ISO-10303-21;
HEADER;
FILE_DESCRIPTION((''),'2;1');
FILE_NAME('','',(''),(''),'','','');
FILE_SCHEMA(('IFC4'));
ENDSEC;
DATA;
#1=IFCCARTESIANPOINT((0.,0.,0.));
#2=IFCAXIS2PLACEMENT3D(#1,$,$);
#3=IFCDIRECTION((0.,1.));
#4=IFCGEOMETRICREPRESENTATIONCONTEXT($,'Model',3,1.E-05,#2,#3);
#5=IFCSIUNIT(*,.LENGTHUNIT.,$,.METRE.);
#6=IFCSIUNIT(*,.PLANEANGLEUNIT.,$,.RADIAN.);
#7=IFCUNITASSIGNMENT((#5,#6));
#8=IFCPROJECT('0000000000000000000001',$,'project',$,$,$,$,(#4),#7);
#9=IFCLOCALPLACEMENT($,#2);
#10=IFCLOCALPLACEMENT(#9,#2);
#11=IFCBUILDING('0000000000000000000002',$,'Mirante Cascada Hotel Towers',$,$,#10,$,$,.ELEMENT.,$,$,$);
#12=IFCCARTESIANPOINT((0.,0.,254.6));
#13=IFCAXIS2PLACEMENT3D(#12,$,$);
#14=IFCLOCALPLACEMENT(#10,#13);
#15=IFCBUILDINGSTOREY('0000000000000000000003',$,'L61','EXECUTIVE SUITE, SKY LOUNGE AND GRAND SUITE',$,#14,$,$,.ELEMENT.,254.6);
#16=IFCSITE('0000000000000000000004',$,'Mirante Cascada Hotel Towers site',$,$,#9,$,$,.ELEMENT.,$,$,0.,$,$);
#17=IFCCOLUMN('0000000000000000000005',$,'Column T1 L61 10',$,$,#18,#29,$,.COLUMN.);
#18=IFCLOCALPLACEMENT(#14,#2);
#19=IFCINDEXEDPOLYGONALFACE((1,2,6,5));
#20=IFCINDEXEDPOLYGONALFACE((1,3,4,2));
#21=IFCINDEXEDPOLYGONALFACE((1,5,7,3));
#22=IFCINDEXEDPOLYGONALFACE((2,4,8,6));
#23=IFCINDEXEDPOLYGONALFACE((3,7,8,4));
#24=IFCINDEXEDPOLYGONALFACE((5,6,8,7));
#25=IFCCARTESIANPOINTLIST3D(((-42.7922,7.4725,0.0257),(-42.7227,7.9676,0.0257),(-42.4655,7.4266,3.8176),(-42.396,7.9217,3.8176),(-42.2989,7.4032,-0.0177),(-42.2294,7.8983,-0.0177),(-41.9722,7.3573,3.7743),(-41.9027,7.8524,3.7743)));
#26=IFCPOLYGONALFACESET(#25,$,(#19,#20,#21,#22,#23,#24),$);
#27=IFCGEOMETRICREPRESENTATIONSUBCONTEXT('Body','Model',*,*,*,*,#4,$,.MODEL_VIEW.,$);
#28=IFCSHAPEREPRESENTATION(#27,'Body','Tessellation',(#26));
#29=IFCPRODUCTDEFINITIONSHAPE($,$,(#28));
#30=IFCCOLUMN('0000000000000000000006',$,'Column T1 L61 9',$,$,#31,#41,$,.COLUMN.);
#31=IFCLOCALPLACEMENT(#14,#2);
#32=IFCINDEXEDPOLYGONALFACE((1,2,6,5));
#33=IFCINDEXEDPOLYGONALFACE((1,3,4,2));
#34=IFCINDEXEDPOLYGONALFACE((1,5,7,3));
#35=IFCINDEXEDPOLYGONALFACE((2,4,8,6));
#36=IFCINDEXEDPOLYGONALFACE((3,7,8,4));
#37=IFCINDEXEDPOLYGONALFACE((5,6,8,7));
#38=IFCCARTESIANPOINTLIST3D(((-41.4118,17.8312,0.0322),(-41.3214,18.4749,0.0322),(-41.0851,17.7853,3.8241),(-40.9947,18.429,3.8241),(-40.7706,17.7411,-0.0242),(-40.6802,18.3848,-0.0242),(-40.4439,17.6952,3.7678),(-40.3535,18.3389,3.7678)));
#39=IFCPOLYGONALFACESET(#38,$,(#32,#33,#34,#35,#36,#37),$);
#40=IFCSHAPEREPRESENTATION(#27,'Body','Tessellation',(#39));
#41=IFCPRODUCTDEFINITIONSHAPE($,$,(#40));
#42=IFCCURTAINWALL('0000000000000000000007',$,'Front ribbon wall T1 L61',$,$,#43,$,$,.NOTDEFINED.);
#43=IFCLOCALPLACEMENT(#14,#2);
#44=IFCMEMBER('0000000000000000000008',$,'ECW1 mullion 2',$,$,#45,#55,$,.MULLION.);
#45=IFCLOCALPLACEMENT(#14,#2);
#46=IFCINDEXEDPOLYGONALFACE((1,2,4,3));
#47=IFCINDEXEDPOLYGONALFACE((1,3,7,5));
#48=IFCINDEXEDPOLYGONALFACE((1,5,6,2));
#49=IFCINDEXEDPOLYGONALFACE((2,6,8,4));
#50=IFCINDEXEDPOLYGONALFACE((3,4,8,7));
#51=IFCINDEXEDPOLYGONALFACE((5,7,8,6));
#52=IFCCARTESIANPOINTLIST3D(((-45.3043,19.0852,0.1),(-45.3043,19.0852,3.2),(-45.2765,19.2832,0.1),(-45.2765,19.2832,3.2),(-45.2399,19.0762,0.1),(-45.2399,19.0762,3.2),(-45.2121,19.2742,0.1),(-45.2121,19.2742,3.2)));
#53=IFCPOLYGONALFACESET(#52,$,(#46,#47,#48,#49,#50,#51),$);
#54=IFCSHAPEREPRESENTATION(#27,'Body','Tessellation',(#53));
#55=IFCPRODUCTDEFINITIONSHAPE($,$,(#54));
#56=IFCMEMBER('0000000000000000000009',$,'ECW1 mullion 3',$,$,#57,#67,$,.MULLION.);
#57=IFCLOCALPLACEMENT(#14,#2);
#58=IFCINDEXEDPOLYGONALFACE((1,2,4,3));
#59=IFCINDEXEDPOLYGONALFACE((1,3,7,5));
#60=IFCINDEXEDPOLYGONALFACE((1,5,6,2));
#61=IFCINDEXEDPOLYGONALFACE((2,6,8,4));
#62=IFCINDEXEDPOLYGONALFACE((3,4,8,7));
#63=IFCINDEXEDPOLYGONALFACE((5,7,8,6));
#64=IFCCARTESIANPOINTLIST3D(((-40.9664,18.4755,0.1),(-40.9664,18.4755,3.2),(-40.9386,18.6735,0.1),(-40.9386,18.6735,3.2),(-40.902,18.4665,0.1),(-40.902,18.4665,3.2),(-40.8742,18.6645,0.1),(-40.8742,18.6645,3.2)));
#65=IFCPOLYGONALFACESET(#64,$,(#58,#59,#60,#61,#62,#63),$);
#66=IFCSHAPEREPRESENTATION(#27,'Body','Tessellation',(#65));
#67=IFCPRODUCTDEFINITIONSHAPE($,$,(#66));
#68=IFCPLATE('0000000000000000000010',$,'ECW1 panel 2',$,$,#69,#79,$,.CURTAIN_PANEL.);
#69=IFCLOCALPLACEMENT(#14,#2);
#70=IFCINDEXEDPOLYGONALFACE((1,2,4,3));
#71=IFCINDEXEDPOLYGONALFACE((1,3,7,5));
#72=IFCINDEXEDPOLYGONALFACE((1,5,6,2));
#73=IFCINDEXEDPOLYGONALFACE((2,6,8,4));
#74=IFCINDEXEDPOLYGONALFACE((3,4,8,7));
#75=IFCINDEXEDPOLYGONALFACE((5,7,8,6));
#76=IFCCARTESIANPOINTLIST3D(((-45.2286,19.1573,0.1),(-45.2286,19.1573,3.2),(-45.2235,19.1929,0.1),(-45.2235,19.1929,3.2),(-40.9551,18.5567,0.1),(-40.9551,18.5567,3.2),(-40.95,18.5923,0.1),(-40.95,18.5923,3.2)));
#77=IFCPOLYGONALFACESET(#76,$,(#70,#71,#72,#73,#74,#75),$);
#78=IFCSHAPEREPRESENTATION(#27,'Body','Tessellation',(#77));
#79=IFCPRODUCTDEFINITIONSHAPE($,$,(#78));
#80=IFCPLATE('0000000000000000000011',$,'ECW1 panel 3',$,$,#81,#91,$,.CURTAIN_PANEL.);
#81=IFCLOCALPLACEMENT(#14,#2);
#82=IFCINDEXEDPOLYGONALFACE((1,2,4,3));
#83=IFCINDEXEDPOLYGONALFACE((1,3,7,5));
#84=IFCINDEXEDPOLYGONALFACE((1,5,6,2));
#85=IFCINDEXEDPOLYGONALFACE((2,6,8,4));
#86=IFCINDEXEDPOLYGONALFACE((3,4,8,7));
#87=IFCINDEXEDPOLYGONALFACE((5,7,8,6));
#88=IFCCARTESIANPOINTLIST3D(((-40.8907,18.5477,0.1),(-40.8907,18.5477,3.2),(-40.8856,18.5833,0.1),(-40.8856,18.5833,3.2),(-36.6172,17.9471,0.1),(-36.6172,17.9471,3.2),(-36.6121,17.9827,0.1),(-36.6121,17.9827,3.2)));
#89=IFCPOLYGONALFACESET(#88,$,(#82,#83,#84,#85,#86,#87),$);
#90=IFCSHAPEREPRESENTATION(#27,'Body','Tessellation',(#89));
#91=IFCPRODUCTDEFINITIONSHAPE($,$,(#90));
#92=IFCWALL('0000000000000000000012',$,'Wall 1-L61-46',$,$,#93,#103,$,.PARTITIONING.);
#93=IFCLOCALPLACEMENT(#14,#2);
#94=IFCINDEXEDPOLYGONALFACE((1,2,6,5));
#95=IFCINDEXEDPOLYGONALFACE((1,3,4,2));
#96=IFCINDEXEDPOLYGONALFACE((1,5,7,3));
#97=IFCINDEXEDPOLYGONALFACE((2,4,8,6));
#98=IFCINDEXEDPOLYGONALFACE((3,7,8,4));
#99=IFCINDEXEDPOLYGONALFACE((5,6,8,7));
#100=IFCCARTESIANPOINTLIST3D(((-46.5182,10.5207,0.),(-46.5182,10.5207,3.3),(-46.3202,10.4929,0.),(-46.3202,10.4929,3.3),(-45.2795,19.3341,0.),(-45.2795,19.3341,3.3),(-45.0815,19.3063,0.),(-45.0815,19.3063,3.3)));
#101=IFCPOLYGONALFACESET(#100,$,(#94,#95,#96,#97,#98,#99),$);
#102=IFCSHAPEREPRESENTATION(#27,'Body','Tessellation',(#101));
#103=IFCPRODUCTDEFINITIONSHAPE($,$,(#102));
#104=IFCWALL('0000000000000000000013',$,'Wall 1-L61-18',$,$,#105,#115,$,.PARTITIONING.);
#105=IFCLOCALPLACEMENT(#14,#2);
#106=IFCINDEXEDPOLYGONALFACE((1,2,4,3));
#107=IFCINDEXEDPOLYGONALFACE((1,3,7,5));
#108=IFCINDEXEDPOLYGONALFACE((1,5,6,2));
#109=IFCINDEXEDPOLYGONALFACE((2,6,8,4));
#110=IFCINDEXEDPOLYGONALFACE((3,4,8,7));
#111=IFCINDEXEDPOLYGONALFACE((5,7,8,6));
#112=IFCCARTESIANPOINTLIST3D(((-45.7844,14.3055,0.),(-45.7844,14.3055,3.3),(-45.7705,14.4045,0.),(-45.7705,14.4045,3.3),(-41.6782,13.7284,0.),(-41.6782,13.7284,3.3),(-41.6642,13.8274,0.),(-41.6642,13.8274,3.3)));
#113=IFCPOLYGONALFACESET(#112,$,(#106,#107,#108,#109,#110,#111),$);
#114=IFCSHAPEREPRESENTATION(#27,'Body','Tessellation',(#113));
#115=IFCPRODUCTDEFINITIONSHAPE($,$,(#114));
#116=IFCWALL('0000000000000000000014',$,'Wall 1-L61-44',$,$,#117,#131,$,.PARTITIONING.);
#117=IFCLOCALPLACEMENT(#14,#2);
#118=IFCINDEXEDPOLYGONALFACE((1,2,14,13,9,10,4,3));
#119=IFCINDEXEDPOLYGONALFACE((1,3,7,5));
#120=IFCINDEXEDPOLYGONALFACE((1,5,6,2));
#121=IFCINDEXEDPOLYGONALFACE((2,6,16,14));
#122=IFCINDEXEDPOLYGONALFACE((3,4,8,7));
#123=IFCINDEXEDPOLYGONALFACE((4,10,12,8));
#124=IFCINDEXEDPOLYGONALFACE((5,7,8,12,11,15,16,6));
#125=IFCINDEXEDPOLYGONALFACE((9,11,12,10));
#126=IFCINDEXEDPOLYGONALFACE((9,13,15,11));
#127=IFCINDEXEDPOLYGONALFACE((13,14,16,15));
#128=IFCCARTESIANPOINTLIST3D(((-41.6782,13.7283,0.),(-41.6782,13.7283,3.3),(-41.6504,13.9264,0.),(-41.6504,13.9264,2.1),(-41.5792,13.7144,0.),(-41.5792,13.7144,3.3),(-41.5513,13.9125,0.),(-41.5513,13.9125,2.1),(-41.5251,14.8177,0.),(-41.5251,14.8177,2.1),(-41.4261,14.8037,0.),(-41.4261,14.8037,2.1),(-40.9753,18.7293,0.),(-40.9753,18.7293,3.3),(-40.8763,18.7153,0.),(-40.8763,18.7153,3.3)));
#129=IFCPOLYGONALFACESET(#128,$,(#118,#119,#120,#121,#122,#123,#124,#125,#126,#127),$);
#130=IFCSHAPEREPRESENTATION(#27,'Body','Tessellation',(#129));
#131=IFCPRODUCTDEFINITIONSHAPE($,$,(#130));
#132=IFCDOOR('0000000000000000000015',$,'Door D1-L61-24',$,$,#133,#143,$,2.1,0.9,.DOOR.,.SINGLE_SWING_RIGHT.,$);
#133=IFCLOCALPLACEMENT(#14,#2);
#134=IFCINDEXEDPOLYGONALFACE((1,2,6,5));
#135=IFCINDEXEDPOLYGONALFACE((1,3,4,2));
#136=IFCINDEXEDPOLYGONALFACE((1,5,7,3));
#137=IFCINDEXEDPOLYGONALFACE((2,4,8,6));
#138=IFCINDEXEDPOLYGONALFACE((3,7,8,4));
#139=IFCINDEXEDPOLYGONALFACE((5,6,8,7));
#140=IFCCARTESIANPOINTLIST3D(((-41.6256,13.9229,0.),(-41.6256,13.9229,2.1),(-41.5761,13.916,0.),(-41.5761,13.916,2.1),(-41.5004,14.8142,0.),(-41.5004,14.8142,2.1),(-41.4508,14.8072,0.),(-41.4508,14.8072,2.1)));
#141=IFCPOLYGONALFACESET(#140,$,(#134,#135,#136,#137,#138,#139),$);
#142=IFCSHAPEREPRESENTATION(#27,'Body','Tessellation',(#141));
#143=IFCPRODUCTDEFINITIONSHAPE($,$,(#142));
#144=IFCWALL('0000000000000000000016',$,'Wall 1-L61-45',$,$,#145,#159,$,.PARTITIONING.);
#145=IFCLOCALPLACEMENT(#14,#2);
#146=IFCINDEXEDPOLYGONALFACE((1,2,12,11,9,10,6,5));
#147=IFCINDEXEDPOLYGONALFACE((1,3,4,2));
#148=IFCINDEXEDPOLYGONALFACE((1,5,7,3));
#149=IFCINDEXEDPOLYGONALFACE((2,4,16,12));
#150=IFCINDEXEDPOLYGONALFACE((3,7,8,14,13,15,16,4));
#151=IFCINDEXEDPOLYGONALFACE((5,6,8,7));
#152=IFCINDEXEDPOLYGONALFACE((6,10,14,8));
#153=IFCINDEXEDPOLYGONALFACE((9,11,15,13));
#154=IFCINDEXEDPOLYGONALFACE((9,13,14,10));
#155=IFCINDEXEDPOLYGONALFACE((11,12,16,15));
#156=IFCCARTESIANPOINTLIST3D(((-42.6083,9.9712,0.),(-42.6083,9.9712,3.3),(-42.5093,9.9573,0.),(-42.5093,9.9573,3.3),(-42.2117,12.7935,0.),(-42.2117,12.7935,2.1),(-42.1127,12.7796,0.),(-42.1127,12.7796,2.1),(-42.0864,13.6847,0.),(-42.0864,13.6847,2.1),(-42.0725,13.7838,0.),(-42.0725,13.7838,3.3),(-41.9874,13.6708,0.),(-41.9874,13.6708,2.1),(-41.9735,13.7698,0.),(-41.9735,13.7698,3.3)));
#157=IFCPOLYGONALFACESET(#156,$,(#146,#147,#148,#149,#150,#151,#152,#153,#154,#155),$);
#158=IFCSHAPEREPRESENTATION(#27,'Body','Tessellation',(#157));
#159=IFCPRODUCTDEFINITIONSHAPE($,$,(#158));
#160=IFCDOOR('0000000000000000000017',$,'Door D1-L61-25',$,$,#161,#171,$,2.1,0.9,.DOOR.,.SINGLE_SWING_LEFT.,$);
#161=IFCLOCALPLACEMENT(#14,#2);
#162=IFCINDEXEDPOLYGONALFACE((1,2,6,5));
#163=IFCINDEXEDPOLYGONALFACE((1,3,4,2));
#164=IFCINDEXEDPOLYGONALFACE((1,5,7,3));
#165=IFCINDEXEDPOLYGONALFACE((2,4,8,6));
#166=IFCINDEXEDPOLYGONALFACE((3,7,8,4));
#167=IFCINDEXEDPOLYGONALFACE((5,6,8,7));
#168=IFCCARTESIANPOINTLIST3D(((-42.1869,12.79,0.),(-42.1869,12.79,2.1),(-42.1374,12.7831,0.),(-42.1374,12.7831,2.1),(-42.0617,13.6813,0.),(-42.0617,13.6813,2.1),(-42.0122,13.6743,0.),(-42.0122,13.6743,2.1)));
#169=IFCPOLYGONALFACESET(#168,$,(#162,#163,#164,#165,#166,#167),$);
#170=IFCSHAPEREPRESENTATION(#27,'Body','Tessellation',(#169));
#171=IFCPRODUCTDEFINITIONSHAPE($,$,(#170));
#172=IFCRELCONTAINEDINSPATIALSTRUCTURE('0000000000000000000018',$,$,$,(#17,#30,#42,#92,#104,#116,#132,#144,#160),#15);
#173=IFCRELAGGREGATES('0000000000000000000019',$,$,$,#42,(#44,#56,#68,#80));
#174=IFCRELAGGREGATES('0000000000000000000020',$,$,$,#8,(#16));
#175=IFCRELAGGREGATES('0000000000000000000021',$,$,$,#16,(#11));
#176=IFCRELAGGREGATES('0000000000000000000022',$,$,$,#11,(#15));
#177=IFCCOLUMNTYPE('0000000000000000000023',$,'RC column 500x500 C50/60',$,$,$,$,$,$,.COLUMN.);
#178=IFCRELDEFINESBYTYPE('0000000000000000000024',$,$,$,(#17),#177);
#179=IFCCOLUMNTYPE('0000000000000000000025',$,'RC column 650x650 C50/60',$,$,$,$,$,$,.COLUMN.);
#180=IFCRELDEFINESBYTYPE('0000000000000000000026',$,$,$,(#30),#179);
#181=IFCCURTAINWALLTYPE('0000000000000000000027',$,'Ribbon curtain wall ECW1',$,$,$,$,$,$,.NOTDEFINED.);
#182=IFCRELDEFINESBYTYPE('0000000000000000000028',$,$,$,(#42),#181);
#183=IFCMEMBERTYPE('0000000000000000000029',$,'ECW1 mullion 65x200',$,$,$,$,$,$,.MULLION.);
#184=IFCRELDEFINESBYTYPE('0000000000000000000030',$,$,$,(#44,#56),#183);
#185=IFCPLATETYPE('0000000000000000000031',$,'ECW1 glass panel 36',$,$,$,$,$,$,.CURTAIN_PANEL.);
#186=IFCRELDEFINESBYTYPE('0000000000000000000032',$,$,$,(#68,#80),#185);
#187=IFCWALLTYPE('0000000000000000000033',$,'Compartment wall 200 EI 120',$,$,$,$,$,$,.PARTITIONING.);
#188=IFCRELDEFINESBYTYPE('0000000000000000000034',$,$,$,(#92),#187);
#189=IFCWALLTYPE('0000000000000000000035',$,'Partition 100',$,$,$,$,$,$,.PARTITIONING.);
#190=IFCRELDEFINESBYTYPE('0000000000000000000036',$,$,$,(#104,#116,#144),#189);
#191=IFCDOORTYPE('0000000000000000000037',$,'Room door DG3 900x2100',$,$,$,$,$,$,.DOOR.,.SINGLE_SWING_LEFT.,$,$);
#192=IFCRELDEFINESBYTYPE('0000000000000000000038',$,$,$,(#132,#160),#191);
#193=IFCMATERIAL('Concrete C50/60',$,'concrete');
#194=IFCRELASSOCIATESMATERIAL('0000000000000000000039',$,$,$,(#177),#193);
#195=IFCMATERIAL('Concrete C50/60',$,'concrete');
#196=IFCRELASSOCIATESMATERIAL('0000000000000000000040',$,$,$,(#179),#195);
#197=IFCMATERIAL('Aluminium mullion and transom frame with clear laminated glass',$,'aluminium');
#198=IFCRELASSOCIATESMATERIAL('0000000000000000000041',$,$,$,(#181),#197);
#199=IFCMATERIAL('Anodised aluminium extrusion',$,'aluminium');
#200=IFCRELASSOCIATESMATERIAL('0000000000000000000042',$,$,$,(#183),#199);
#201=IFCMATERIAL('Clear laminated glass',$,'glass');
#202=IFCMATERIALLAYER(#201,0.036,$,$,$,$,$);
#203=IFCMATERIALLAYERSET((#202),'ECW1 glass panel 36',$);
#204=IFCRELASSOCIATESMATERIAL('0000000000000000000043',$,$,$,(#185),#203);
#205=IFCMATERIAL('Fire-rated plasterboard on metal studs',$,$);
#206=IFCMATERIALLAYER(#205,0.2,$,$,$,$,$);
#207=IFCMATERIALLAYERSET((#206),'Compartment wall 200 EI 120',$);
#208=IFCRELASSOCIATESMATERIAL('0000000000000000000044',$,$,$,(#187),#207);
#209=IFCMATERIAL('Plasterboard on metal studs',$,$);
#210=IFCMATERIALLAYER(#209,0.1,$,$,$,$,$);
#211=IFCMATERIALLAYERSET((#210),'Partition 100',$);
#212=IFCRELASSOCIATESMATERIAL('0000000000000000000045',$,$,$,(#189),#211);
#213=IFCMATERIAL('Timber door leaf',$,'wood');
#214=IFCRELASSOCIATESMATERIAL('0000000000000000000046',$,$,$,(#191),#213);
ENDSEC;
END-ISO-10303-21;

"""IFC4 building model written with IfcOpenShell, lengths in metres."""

from ifc_helpers import new_model, si_unit, direction, frame, frame_2d, origin, origin_2d, place, context, subcontext, project, spatial, rectangle, extrude, material, layer, layer_set, material_profile, profile_set, type_object, element, fill, aggregate, save


model = new_model("IFC4")

# Units and contexts
model_context = context("Model", 3, precision=1e-05, world=origin(), true_north=direction((0.0, 1.0)))
body_context = subcontext(model_context, "Body", "Model", "MODEL_VIEW")
ifc_project = project(units=[si_unit("LENGTHUNIT", "METRE"), si_unit("PLANEANGLEUNIT", "RADIAN")], contexts=[model_context])

# Site, building, storey
site_placement = place(None, origin())
site = spatial("IfcSite", under=ifc_project, at=site_placement, Name="Mirante Cascada Hotel Towers site", CompositionType="ELEMENT", RefElevation=0.0)
building_placement = place(site_placement, origin())
building = spatial("IfcBuilding", under=site, at=building_placement, Name="Mirante Cascada Hotel Towers", CompositionType="ELEMENT")
storey_placement = place(building_placement, frame((0.0, 0.0, 254.6)))
storey = spatial("IfcBuildingStorey", under=building, at=storey_placement, Name="L61", Description="EXECUTIVE SUITE, SKY LOUNGE AND GRAND SUITE", CompositionType="ELEMENT", Elevation=254.6)

# Columns
ifc_material_1 = material(Name="Concrete C50/60", Category="concrete")
ifc_material_profile_1 = material_profile(ifc_material_1, rectangle(XDim=0.5, YDim=0.5, at=origin_2d()), Name="RC column 500x500 C50/60")
ifc_profile_set_1 = profile_set([ifc_material_profile_1], Name="Concrete C50/60")
column_type_1 = type_object("IfcColumnType", Name="RC column 500x500 C50/60", PredefinedType="COLUMN", material=ifc_profile_set_1)
column_1_placement = place(storey_placement, frame((-42.5108, 7.6854, 0.004), z_axis=(0.085831, -0.012059, 0.996237), x_axis=(0.139129, 0.990274, 0.0)))
element("IfcColumn", 1, at=column_1_placement, inside=storey, type_object=column_type_1, Name="Column T1 L61 10", PredefinedType="COLUMN", context=body_context, shape_type="SweptSolid", body=[
    extrude(rectangle(XDim=0.5, YDim=0.5, at=origin_2d()), origin(), (0.0, 0.0, 1.0), 3.8063),
])
ifc_material_2 = material(Name="Concrete C50/60", Category="concrete")
ifc_material_profile_2 = material_profile(ifc_material_2, rectangle(XDim=0.65, YDim=0.65, at=origin_2d()), Name="RC column 650x650 C50/60")
ifc_profile_set_2 = profile_set([ifc_material_profile_2], Name="Concrete C50/60")
column_type_2 = type_object("IfcColumnType", Name="RC column 650x650 C50/60", PredefinedType="COLUMN", material=ifc_profile_set_2)
column_2_placement = place(storey_placement, frame((-41.046, 18.108, 0.004), z_axis=(0.085831, -0.012059, 0.996237), x_axis=(0.139129, 0.990274, 0.0)))
element("IfcColumn", 2, at=column_2_placement, inside=storey, type_object=column_type_2, Name="Column T1 L61 9", PredefinedType="COLUMN", context=body_context, shape_type="SweptSolid", body=[
    extrude(rectangle(XDim=0.65, YDim=0.65, at=origin_2d()), origin(), (0.0, 0.0, 1.0), 3.8063),
])

# Curtain wall, members, plates
ifc_material_3 = material(Name="Aluminium mullion and transom frame with clear laminated glass", Category="aluminium")
curtain_wall_type = type_object("IfcCurtainWallType", Name="Ribbon curtain wall ECW1", PredefinedType="NOTDEFINED", material=ifc_material_3)
curtain_wall_placement = place(storey_placement, origin())
curtain_wall = element("IfcCurtainWall", 3, at=curtain_wall_placement, inside=storey, type_object=curtain_wall_type, Name="Front ribbon wall T1 L61", PredefinedType="NOTDEFINED")
ifc_material_4 = material(Name="Anodised aluminium extrusion", Category="aluminium")
ifc_material_profile_3 = material_profile(ifc_material_4, rectangle(XDim=0.2, YDim=0.065, at=origin_2d()), Name="ECW1 MULLION 65x200")
ifc_profile_set_3 = profile_set([ifc_material_profile_3], Name="Anodised aluminium extrusion")
member_type = type_object("IfcMemberType", Name="ECW1 mullion 65x200", PredefinedType="MULLION", material=ifc_profile_set_3)
member_1_placement = place(storey_placement, frame((-45.2582, 19.1797, 0.1), z_axis=(0.0, 0.0, 1.0), x_axis=(0.139173, 0.990268, 0.0)))
member_1 = element("IfcMember", 4, at=member_1_placement, type_object=member_type, Name="ECW1 mullion 2", PredefinedType="MULLION", context=body_context, shape_type="SweptSolid", body=[
    extrude(rectangle(XDim=0.2, YDim=0.065, at=origin_2d()), origin(), (0.0, 0.0, 1.0), 3.1),
])
member_2_placement = place(storey_placement, frame((-40.9203, 18.57, 0.1), z_axis=(0.0, 0.0, 1.0), x_axis=(0.139173, 0.990268, 0.0)))
member_2 = element("IfcMember", 5, at=member_2_placement, type_object=member_type, Name="ECW1 mullion 3", PredefinedType="MULLION", context=body_context, shape_type="SweptSolid", body=[
    extrude(rectangle(XDim=0.2, YDim=0.065, at=origin_2d()), origin(), (0.0, 0.0, 1.0), 3.1),
])
ifc_material_5 = material(Name="Clear laminated glass", Category="glass")
ifc_layer_1 = layer(ifc_material_5, 0.036)
ifc_layer_set_1 = layer_set([ifc_layer_1], Name="ECW1 glass panel 36")
plate_type = type_object("IfcPlateType", Name="ECW1 glass panel 36", PredefinedType="CURTAIN_PANEL", material=ifc_layer_set_1)
plate_1_placement = place(storey_placement, frame((-43.0893, 18.8748, 0.1), z_axis=(0.0, 0.0, 1.0), x_axis=(0.990268, -0.139173, 0.0)))
plate_1 = element("IfcPlate", 6, at=plate_1_placement, type_object=plate_type, Name="ECW1 panel 2", PredefinedType="CURTAIN_PANEL", context=body_context, shape_type="SweptSolid", body=[
    extrude(rectangle(XDim=4.3155, YDim=0.036, at=origin_2d()), origin(), (0.0, 0.0, 1.0), 3.1),
])
plate_2_placement = place(storey_placement, frame((-38.7514, 18.2652, 0.1), z_axis=(0.0, 0.0, 1.0), x_axis=(0.990268, -0.139173, 0.0)))
plate_2 = element("IfcPlate", 7, at=plate_2_placement, type_object=plate_type, Name="ECW1 panel 3", PredefinedType="CURTAIN_PANEL", context=body_context, shape_type="SweptSolid", body=[
    extrude(rectangle(XDim=4.3155, YDim=0.036, at=origin_2d()), origin(), (0.0, 0.0, 1.0), 3.1),
])
aggregate(curtain_wall, [member_1, member_2, plate_1, plate_2])

# Walls
ifc_material_6 = material(Name="Fire-rated plasterboard on metal studs")
ifc_layer_2 = layer(ifc_material_6, 0.2)
ifc_layer_set_2 = layer_set([ifc_layer_2], Name="Compartment wall 200 EI 120")
wall_type_1 = type_object("IfcWallType", Name="Compartment wall 200 EI 120", PredefinedType="PARTITIONING", material=ifc_layer_set_2)
wall_1_placement = place(storey_placement, frame((-46.4192, 10.5068, 0.0), z_axis=(0.0, 0.0, 1.0), x_axis=(0.139179, 0.990267, 0.0)))
element("IfcWall", 8, at=wall_1_placement, inside=storey, type_object=wall_type_1, Name="Wall 1-L61-46", PredefinedType="PARTITIONING", context=body_context, shape_type="SweptSolid", body=[
    extrude(rectangle(XDim=8.9, YDim=0.2, at=frame_2d((4.45, 0.0))), origin(), (0.0, 0.0, 1.0), 3.3),
])
ifc_material_7 = material(Name="Plasterboard on metal studs")
ifc_layer_3 = layer(ifc_material_7, 0.1)
ifc_layer_set_3 = layer_set([ifc_layer_3], Name="Partition 100")
wall_type_2 = type_object("IfcWallType", Name="Partition 100", PredefinedType="PARTITIONING", material=ifc_layer_set_3)
wall_2_placement = place(storey_placement, frame((-41.6712, 13.7779, 0.0), z_axis=(0.0, 0.0, 1.0), x_axis=(-0.990268, 0.139176, 0.0)))
element("IfcWall", 9, at=wall_2_placement, inside=storey, type_object=wall_type_2, Name="Wall 1-L61-18", PredefinedType="PARTITIONING", context=body_context, shape_type="SweptSolid", body=[
    extrude(rectangle(XDim=4.1466, YDim=0.1, at=frame_2d((2.0733, 0.0))), origin(), (0.0, 0.0, 1.0), 3.3),
])

# Walls, openings, doors
wall_3_placement = place(storey_placement, frame((-41.6287, 13.7214, 0.0), z_axis=(0.0, 0.0, 1.0), x_axis=(0.139187, 0.990266, 0.0)))
wall_3 = element("IfcWall", 10, at=wall_3_placement, inside=storey, type_object=wall_type_2, Name="Wall 1-L61-44", PredefinedType="PARTITIONING", context=body_context, shape_type="SweptSolid", body=[
    extrude(rectangle(XDim=5.0501, YDim=0.1, at=frame_2d((2.525, 0.0))), origin(), (0.0, 0.0, 1.0), 3.3),
])
opening_1_placement = place(wall_3_placement, frame((0.2, 0.0, 0.0)))
opening_1 = element("IfcOpeningElement", 11, at=opening_1_placement, cuts=wall_3, PredefinedType="OPENING", context=body_context, shape_type="SweptSolid", body=[
    extrude(rectangle(XDim=0.9, YDim=2.1, at=frame_2d((0.45, 1.05))), frame((0.0, 0.05, 0.0), z_axis=(0.0, -1.0, 0.0), x_axis=(1.0, 0.0, 0.0)), (0.0, 0.0, 1.0), 0.1),
])
ifc_material_8 = material(Name="Timber door leaf", Category="wood")
door_type = type_object("IfcDoorType", Name="Room door DG3 900x2100", OperationType="SINGLE_SWING_LEFT", PredefinedType="DOOR", material=ifc_material_8)
door_1_placement = place(opening_1_placement, frame((0.9, 0.0, 0.0), z_axis=(0.0, 0.0, 1.0), x_axis=(-1.0, 0.0, 0.0)))
door_1 = element("IfcDoor", 12, at=door_1_placement, inside=storey, type_object=door_type, Name="Door D1-L61-24", OperationType="SINGLE_SWING_RIGHT", OverallHeight=2.1, OverallWidth=0.9, PredefinedType="DOOR", context=body_context, shape_type="SweptSolid", body=[
    extrude(rectangle(XDim=0.9, YDim=2.1, at=frame_2d((0.45, 1.05))), frame((0.0, 0.025, 0.0), z_axis=(0.0, -1.0, 0.0), x_axis=(1.0, 0.0, 0.0)), (0.0, 0.0, 1.0), 0.05),
])
fill(opening_1, door_1)
wall_4_placement = place(storey_placement, frame((-42.023, 13.7768, 0.0), z_axis=(0.0, 0.0, 1.0), x_axis=(-0.13917, -0.990268, 0.0)))
wall_4 = element("IfcWall", 13, at=wall_4_placement, inside=storey, type_object=wall_type_2, Name="Wall 1-L61-45", PredefinedType="PARTITIONING", context=body_context, shape_type="SweptSolid", body=[
    extrude(rectangle(XDim=3.85, YDim=0.1, at=frame_2d((1.925, 0.0))), origin(), (0.0, 0.0, 1.0), 3.3),
])
opening_2_placement = place(wall_4_placement, frame((0.1, 0.0, 0.0)))
opening_2 = element("IfcOpeningElement", 14, at=opening_2_placement, cuts=wall_4, PredefinedType="OPENING", context=body_context, shape_type="SweptSolid", body=[
    extrude(rectangle(XDim=0.9, YDim=2.1, at=frame_2d((0.45, 1.05))), frame((0.0, 0.05, 0.0), z_axis=(0.0, -1.0, 0.0), x_axis=(1.0, 0.0, 0.0)), (0.0, 0.0, 1.0), 0.1),
])
door_2_placement = place(opening_2_placement, origin())
door_2 = element("IfcDoor", 15, at=door_2_placement, inside=storey, type_object=door_type, Name="Door D1-L61-25", OperationType="SINGLE_SWING_LEFT", OverallHeight=2.1, OverallWidth=0.9, PredefinedType="DOOR", context=body_context, shape_type="SweptSolid", body=[
    extrude(rectangle(XDim=0.9, YDim=2.1, at=frame_2d((0.45, 1.05))), frame((0.0, 0.025, 0.0), z_axis=(0.0, -1.0, 0.0), x_axis=(1.0, 0.0, 0.0)), (0.0, 0.0, 1.0), 0.05),
])
fill(opening_2, door_2)

save(model, "model.ifc")
